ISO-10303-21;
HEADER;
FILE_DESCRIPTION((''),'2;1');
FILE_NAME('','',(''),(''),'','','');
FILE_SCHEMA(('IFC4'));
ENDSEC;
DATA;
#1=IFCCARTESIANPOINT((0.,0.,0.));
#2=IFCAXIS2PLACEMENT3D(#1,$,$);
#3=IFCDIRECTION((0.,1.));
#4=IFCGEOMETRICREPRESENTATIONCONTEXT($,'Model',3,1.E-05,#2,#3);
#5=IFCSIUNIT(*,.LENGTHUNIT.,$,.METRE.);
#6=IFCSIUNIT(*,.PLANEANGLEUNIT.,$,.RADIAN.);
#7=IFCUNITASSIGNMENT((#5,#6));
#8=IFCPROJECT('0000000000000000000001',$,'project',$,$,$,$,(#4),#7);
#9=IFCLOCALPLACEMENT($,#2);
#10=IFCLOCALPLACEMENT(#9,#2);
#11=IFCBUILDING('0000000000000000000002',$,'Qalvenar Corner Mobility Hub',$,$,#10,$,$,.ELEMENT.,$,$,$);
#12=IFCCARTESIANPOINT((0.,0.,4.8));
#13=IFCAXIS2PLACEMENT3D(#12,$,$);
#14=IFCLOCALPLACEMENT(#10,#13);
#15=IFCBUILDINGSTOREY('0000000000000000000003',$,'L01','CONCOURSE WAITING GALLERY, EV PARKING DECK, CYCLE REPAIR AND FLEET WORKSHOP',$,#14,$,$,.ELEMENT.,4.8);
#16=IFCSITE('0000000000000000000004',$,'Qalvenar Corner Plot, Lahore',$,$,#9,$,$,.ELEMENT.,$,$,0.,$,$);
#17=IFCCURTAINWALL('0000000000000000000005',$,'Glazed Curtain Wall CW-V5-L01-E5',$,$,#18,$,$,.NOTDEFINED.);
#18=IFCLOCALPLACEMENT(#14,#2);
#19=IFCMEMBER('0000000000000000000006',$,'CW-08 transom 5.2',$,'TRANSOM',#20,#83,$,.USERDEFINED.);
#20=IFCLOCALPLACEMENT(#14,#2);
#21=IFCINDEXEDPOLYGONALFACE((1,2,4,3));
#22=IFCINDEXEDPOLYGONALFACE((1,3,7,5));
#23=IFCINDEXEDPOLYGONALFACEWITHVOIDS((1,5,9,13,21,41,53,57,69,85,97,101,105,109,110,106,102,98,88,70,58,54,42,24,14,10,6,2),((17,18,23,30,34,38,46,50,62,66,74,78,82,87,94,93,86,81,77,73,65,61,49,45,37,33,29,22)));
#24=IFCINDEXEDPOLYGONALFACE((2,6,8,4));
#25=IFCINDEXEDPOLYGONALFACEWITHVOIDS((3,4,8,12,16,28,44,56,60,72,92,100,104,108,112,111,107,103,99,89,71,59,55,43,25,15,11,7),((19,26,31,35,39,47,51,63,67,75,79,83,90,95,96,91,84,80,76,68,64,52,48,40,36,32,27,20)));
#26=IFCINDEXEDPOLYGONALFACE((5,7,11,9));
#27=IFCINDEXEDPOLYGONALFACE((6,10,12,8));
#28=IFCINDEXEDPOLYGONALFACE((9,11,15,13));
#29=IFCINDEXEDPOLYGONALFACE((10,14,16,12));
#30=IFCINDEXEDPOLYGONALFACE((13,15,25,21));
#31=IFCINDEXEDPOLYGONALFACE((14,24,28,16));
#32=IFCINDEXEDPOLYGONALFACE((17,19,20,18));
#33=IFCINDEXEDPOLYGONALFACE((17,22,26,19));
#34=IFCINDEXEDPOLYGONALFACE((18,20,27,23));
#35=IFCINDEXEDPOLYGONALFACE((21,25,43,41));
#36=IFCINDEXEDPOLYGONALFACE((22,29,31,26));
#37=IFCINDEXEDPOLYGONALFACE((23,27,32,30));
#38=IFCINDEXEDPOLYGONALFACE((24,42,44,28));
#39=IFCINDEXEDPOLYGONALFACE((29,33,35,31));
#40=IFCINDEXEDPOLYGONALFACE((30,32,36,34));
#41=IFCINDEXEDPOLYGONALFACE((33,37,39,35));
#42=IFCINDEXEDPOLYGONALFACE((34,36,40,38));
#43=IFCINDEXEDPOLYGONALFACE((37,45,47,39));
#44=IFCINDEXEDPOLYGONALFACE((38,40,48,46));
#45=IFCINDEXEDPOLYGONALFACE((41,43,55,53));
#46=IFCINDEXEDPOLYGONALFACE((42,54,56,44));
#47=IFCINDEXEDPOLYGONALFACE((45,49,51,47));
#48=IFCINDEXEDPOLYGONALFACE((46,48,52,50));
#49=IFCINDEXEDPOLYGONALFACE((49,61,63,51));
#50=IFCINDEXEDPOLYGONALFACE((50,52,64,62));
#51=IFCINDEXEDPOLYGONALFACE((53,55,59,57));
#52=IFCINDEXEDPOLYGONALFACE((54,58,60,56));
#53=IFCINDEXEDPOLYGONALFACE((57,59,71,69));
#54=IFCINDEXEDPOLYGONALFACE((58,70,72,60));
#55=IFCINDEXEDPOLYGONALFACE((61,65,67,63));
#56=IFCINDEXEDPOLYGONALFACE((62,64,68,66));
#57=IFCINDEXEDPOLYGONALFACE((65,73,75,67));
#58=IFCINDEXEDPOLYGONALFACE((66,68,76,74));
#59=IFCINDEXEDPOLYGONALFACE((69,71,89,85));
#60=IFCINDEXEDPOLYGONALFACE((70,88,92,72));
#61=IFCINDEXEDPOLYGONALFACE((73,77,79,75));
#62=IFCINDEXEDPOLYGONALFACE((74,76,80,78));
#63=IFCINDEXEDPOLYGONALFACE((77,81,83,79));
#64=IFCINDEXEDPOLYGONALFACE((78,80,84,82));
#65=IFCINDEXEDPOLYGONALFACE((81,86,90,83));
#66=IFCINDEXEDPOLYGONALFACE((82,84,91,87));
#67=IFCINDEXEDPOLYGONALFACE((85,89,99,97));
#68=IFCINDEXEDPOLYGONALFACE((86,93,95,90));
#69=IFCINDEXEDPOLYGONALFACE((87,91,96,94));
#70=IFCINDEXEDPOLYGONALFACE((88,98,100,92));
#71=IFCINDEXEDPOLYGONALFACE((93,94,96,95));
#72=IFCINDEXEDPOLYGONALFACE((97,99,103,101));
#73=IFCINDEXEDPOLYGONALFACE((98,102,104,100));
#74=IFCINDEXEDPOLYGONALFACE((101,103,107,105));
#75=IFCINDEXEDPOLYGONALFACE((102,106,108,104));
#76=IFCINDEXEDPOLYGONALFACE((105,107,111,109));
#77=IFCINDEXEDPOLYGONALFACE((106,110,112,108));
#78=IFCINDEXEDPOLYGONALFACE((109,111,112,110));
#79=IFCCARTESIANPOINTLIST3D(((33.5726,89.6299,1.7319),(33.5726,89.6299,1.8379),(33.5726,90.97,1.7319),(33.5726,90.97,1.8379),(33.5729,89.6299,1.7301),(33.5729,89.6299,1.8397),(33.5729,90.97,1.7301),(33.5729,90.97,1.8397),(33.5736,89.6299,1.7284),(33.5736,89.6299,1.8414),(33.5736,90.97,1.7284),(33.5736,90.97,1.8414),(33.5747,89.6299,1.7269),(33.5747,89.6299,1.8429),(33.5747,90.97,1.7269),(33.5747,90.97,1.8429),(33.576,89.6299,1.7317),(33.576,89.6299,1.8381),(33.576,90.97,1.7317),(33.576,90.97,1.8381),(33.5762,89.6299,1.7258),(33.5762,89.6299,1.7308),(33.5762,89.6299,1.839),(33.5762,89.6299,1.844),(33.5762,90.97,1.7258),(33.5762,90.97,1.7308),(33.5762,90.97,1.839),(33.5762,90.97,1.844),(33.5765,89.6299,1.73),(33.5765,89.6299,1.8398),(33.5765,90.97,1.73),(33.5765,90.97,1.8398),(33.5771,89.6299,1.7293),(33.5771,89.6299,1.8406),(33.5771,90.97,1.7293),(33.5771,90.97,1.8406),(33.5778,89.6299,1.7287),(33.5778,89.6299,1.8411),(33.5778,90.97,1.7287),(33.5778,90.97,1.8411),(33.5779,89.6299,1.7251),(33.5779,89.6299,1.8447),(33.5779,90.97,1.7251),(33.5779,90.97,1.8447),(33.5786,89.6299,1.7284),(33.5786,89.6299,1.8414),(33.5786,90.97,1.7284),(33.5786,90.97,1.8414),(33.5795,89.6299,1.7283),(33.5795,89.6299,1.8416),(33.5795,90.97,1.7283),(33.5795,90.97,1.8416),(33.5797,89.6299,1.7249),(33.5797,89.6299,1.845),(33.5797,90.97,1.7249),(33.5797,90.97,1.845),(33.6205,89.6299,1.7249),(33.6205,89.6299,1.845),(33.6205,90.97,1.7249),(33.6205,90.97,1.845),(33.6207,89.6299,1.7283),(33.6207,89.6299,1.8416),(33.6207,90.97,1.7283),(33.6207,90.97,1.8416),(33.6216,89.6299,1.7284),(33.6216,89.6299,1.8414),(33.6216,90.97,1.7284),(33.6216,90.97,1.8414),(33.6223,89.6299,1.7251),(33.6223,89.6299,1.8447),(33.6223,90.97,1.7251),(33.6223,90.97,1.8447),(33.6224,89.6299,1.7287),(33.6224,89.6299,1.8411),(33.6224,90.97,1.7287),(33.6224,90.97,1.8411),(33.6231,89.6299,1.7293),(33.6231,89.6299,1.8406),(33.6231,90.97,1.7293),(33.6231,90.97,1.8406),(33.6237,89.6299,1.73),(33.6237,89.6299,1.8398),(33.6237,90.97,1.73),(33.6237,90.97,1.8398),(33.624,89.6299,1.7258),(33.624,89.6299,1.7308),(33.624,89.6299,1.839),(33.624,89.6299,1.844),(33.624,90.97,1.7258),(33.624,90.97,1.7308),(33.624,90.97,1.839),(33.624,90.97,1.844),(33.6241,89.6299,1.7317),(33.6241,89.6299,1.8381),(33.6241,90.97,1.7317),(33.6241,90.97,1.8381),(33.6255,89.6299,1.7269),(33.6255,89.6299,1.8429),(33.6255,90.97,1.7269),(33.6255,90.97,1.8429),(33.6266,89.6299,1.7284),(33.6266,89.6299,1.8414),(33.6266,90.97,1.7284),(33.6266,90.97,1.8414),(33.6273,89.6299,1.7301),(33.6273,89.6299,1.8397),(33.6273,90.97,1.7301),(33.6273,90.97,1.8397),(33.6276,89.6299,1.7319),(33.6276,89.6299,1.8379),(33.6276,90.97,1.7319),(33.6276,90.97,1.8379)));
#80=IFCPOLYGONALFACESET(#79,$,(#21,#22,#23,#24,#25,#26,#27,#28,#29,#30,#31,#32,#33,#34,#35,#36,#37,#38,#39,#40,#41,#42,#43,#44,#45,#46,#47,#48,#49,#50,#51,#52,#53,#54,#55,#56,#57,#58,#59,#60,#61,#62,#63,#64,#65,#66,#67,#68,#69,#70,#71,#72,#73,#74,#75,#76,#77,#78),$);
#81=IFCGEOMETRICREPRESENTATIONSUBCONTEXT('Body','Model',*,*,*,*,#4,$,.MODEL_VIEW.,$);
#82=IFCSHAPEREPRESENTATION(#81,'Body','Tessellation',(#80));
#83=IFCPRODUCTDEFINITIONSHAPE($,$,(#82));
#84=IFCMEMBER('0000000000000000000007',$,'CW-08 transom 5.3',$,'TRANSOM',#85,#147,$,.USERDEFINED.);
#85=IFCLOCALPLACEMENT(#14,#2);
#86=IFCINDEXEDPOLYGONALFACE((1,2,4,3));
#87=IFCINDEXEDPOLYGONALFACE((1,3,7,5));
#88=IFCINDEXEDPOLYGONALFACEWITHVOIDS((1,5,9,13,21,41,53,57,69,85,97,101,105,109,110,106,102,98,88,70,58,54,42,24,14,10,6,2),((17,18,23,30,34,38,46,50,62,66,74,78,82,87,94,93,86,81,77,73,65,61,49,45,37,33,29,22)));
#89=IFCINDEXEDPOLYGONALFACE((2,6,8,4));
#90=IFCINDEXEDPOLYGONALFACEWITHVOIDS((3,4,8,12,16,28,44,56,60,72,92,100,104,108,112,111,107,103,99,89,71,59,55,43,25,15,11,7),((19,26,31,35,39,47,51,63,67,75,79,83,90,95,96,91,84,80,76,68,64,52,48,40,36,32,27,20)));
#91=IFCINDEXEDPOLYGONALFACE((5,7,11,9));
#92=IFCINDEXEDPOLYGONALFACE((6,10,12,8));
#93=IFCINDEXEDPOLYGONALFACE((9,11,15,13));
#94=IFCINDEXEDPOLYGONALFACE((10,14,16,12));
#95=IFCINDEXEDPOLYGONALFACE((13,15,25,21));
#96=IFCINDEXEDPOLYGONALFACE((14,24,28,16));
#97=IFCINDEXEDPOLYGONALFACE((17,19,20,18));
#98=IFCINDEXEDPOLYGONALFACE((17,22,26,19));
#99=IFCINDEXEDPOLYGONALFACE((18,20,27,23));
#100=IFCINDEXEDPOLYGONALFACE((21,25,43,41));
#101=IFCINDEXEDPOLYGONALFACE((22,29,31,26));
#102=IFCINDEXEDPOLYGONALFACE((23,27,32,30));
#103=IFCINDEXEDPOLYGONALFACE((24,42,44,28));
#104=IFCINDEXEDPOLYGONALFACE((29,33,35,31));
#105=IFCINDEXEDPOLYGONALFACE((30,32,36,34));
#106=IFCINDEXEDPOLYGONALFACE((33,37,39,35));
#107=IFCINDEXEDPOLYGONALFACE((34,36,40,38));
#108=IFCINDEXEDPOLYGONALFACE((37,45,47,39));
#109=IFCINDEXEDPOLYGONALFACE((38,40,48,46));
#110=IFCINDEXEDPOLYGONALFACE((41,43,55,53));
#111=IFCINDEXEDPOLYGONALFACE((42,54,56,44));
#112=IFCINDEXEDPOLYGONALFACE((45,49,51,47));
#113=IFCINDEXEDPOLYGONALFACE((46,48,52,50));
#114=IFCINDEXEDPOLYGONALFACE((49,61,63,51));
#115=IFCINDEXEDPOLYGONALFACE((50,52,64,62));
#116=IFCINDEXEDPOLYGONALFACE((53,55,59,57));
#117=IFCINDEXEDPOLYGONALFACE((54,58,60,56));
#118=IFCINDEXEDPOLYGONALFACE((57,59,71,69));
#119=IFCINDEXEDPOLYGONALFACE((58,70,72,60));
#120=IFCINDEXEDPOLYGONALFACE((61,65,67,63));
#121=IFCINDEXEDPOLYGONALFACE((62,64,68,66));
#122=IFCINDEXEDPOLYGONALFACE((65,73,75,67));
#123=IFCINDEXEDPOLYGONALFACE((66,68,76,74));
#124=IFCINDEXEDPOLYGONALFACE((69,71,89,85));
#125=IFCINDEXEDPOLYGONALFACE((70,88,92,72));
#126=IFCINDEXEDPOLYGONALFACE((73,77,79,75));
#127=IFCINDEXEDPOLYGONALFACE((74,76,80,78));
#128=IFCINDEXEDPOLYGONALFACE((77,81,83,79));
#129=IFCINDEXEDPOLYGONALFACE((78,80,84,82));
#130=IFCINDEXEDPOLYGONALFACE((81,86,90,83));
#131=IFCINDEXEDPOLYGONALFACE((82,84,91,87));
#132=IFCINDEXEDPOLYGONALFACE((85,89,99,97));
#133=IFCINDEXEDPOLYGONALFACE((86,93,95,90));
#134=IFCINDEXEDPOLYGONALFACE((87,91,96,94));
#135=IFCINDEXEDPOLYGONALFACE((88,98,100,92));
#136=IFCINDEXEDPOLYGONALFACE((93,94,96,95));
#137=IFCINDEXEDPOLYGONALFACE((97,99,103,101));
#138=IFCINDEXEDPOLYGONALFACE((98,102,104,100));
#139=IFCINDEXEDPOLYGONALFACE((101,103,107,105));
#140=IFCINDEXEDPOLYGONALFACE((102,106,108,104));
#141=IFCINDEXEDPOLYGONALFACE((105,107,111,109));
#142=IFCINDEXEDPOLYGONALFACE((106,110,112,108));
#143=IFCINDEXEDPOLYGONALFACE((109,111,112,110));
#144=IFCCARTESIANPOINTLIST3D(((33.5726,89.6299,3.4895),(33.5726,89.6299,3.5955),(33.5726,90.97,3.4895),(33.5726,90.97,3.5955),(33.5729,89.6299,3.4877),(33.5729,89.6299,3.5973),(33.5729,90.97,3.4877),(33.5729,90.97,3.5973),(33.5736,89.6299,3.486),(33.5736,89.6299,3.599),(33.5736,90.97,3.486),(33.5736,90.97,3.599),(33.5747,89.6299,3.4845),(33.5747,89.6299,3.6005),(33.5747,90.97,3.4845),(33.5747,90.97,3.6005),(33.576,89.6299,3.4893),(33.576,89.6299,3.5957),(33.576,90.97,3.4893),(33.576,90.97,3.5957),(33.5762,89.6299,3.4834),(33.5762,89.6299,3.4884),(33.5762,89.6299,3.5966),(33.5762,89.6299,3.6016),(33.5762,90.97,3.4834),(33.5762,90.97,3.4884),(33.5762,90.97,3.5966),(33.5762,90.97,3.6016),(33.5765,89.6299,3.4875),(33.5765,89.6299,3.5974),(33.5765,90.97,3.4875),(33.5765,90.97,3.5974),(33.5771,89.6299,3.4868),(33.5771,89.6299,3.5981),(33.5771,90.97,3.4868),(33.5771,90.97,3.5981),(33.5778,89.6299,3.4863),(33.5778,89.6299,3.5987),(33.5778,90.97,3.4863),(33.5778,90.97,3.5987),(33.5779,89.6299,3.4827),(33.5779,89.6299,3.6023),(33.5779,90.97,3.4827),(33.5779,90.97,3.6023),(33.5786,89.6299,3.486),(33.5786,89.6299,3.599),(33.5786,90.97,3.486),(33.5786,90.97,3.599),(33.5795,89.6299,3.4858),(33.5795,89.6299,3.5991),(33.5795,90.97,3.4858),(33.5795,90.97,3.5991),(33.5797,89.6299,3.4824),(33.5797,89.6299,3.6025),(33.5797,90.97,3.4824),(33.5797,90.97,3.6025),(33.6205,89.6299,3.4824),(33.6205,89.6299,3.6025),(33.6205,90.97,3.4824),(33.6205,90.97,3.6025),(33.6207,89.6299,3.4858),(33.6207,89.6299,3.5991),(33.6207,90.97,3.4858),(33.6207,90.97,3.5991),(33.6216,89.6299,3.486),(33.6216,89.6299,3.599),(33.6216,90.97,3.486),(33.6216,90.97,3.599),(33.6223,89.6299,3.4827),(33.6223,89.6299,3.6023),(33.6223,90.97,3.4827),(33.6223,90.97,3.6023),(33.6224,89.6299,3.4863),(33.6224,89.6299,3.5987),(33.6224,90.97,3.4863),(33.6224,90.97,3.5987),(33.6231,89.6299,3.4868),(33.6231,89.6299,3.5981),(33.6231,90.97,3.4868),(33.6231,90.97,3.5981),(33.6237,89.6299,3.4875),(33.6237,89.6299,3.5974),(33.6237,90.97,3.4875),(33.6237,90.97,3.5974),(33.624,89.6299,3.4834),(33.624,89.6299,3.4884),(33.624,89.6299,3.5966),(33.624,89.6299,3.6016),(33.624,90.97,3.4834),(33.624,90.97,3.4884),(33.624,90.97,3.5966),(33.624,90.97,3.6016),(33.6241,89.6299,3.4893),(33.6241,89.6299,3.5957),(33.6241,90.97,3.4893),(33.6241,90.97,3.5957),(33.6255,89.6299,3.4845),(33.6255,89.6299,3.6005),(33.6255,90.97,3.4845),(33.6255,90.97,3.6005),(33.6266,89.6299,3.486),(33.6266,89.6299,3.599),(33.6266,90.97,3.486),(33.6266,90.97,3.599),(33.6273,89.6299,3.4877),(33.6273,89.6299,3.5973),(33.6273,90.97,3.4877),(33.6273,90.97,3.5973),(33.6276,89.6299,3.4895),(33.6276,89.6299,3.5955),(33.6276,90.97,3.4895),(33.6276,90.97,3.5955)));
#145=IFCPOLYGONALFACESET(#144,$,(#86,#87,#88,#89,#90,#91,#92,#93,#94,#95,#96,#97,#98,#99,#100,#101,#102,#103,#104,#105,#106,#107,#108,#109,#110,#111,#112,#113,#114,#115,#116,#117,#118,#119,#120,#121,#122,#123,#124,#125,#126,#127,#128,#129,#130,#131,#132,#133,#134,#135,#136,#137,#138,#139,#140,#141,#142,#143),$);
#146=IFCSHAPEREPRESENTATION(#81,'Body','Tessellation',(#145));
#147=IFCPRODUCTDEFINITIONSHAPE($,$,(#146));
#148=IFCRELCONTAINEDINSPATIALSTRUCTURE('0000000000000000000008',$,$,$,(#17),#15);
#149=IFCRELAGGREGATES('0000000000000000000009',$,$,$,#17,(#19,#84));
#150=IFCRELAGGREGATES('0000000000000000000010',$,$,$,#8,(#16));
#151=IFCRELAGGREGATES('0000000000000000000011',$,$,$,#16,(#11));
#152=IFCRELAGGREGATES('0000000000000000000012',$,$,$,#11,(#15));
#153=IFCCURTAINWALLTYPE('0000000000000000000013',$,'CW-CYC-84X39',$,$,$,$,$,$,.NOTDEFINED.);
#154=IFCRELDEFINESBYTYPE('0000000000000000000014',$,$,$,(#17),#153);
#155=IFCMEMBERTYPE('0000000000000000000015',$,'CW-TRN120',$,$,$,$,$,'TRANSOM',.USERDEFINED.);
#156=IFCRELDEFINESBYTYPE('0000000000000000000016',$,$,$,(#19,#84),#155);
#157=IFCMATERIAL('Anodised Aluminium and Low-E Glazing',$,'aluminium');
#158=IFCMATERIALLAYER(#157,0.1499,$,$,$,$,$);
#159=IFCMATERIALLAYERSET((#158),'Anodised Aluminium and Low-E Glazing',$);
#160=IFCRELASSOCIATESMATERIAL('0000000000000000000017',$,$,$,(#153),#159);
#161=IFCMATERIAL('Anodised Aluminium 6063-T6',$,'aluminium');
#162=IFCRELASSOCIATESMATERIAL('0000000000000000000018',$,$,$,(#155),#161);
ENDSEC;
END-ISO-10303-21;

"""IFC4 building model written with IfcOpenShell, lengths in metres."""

from ifc_helpers import new_model, si_unit, direction, frame, origin, origin_2d, place, context, subcontext, project, spatial, hollow_rectangle, extrude, material, layer, layer_set, material_profile, profile_set, type_object, element, aggregate, save


model = new_model("IFC4")

# Units and contexts
model_context = context("Model", 3, precision=1e-05, world=origin(), true_north=direction((0.0, 1.0)))
body_context = subcontext(model_context, "Body", "Model", "MODEL_VIEW")
ifc_project = project(units=[si_unit("LENGTHUNIT", "METRE"), si_unit("PLANEANGLEUNIT", "RADIAN")], contexts=[model_context])

# Site, building, storey
site_placement = place(None, origin())
site = spatial("IfcSite", under=ifc_project, at=site_placement, Name="Qalvenar Corner Plot, Lahore", CompositionType="ELEMENT", RefElevation=0.0)
building_placement = place(site_placement, origin())
building = spatial("IfcBuilding", under=site, at=building_placement, Name="Qalvenar Corner Mobility Hub", CompositionType="ELEMENT")
storey_placement = place(building_placement, frame((0.0, 0.0, 4.8)))
storey = spatial("IfcBuildingStorey", under=building, at=storey_placement, Name="L01", Description="CONCOURSE WAITING GALLERY, EV PARKING DECK, CYCLE REPAIR AND FLEET WORKSHOP", CompositionType="ELEMENT", Elevation=4.8)

# Curtain wall
ifc_material_1 = material(Name="Anodised Aluminium and Low-E Glazing", Category="aluminium")
ifc_layer_1 = layer(ifc_material_1, 0.1499)
ifc_layer_set_1 = layer_set([ifc_layer_1], Name="Anodised Aluminium and Low-E Glazing")
curtain_wall_type = type_object("IfcCurtainWallType", Name="CW-CYC-84X39", PredefinedType="NOTDEFINED", material=ifc_layer_set_1)
curtain_wall_1_placement = place(storey_placement, origin())
curtain_wall_1 = element("IfcCurtainWall", 1, at=curtain_wall_1_placement, inside=storey, type_object=curtain_wall_type, Name="Glazed Curtain Wall CW-V5-L01-E5", PredefinedType="NOTDEFINED")
ifc_material_2 = material(Name="Anodised Aluminium 6063-T6", Category="aluminium")

# Members
ifc_material_profile_1 = material_profile(ifc_material_2, hollow_rectangle(XDim=0.0549, YDim=0.1201, WallThickness=0.0034, InnerFilletRadius=0.0034, OuterFilletRadius=0.0071, at=origin_2d()), Name="RHS120x55x3.5")
ifc_profile_set_1 = profile_set([ifc_material_profile_1], Name="Anodised Aluminium 6063-T6")
member_type_1 = type_object("IfcMemberType", Name="CW-TRN120", ElementType="TRANSOM", PredefinedType="USERDEFINED", material=ifc_profile_set_1)
member_1_placement = place(storey_placement, frame((33.6001, 89.6299, 1.7849), z_axis=(0.0, 1.0, 0.0), x_axis=(-1.0, 0.0, 0.0)))
member_1 = element("IfcMember", 2, at=member_1_placement, type_object=member_type_1, Name="CW-08 transom 5.2", ObjectType="TRANSOM", PredefinedType="USERDEFINED", context=body_context, shape_type="SweptSolid", body=[
    extrude(hollow_rectangle(XDim=0.0549, YDim=0.1201, WallThickness=0.0034, InnerFilletRadius=0.0034, OuterFilletRadius=0.0071, at=origin_2d()), origin(), (0.0, 0.0, 1.0), 1.3401),
])
member_2_placement = place(storey_placement, frame((33.6001, 89.6299, 3.5425), z_axis=(0.0, 1.0, 0.0), x_axis=(-1.0, 0.0, 0.0)))
member_2 = element("IfcMember", 3, at=member_2_placement, type_object=member_type_1, Name="CW-08 transom 5.3", ObjectType="TRANSOM", PredefinedType="USERDEFINED", context=body_context, shape_type="SweptSolid", body=[
    extrude(hollow_rectangle(XDim=0.0549, YDim=0.1201, WallThickness=0.0034, InnerFilletRadius=0.0034, OuterFilletRadius=0.0071, at=origin_2d()), origin(), (0.0, 0.0, 1.0), 1.3401),
])

aggregate(curtain_wall_1, [member_1, member_2])

save(model, "model.ifc")
